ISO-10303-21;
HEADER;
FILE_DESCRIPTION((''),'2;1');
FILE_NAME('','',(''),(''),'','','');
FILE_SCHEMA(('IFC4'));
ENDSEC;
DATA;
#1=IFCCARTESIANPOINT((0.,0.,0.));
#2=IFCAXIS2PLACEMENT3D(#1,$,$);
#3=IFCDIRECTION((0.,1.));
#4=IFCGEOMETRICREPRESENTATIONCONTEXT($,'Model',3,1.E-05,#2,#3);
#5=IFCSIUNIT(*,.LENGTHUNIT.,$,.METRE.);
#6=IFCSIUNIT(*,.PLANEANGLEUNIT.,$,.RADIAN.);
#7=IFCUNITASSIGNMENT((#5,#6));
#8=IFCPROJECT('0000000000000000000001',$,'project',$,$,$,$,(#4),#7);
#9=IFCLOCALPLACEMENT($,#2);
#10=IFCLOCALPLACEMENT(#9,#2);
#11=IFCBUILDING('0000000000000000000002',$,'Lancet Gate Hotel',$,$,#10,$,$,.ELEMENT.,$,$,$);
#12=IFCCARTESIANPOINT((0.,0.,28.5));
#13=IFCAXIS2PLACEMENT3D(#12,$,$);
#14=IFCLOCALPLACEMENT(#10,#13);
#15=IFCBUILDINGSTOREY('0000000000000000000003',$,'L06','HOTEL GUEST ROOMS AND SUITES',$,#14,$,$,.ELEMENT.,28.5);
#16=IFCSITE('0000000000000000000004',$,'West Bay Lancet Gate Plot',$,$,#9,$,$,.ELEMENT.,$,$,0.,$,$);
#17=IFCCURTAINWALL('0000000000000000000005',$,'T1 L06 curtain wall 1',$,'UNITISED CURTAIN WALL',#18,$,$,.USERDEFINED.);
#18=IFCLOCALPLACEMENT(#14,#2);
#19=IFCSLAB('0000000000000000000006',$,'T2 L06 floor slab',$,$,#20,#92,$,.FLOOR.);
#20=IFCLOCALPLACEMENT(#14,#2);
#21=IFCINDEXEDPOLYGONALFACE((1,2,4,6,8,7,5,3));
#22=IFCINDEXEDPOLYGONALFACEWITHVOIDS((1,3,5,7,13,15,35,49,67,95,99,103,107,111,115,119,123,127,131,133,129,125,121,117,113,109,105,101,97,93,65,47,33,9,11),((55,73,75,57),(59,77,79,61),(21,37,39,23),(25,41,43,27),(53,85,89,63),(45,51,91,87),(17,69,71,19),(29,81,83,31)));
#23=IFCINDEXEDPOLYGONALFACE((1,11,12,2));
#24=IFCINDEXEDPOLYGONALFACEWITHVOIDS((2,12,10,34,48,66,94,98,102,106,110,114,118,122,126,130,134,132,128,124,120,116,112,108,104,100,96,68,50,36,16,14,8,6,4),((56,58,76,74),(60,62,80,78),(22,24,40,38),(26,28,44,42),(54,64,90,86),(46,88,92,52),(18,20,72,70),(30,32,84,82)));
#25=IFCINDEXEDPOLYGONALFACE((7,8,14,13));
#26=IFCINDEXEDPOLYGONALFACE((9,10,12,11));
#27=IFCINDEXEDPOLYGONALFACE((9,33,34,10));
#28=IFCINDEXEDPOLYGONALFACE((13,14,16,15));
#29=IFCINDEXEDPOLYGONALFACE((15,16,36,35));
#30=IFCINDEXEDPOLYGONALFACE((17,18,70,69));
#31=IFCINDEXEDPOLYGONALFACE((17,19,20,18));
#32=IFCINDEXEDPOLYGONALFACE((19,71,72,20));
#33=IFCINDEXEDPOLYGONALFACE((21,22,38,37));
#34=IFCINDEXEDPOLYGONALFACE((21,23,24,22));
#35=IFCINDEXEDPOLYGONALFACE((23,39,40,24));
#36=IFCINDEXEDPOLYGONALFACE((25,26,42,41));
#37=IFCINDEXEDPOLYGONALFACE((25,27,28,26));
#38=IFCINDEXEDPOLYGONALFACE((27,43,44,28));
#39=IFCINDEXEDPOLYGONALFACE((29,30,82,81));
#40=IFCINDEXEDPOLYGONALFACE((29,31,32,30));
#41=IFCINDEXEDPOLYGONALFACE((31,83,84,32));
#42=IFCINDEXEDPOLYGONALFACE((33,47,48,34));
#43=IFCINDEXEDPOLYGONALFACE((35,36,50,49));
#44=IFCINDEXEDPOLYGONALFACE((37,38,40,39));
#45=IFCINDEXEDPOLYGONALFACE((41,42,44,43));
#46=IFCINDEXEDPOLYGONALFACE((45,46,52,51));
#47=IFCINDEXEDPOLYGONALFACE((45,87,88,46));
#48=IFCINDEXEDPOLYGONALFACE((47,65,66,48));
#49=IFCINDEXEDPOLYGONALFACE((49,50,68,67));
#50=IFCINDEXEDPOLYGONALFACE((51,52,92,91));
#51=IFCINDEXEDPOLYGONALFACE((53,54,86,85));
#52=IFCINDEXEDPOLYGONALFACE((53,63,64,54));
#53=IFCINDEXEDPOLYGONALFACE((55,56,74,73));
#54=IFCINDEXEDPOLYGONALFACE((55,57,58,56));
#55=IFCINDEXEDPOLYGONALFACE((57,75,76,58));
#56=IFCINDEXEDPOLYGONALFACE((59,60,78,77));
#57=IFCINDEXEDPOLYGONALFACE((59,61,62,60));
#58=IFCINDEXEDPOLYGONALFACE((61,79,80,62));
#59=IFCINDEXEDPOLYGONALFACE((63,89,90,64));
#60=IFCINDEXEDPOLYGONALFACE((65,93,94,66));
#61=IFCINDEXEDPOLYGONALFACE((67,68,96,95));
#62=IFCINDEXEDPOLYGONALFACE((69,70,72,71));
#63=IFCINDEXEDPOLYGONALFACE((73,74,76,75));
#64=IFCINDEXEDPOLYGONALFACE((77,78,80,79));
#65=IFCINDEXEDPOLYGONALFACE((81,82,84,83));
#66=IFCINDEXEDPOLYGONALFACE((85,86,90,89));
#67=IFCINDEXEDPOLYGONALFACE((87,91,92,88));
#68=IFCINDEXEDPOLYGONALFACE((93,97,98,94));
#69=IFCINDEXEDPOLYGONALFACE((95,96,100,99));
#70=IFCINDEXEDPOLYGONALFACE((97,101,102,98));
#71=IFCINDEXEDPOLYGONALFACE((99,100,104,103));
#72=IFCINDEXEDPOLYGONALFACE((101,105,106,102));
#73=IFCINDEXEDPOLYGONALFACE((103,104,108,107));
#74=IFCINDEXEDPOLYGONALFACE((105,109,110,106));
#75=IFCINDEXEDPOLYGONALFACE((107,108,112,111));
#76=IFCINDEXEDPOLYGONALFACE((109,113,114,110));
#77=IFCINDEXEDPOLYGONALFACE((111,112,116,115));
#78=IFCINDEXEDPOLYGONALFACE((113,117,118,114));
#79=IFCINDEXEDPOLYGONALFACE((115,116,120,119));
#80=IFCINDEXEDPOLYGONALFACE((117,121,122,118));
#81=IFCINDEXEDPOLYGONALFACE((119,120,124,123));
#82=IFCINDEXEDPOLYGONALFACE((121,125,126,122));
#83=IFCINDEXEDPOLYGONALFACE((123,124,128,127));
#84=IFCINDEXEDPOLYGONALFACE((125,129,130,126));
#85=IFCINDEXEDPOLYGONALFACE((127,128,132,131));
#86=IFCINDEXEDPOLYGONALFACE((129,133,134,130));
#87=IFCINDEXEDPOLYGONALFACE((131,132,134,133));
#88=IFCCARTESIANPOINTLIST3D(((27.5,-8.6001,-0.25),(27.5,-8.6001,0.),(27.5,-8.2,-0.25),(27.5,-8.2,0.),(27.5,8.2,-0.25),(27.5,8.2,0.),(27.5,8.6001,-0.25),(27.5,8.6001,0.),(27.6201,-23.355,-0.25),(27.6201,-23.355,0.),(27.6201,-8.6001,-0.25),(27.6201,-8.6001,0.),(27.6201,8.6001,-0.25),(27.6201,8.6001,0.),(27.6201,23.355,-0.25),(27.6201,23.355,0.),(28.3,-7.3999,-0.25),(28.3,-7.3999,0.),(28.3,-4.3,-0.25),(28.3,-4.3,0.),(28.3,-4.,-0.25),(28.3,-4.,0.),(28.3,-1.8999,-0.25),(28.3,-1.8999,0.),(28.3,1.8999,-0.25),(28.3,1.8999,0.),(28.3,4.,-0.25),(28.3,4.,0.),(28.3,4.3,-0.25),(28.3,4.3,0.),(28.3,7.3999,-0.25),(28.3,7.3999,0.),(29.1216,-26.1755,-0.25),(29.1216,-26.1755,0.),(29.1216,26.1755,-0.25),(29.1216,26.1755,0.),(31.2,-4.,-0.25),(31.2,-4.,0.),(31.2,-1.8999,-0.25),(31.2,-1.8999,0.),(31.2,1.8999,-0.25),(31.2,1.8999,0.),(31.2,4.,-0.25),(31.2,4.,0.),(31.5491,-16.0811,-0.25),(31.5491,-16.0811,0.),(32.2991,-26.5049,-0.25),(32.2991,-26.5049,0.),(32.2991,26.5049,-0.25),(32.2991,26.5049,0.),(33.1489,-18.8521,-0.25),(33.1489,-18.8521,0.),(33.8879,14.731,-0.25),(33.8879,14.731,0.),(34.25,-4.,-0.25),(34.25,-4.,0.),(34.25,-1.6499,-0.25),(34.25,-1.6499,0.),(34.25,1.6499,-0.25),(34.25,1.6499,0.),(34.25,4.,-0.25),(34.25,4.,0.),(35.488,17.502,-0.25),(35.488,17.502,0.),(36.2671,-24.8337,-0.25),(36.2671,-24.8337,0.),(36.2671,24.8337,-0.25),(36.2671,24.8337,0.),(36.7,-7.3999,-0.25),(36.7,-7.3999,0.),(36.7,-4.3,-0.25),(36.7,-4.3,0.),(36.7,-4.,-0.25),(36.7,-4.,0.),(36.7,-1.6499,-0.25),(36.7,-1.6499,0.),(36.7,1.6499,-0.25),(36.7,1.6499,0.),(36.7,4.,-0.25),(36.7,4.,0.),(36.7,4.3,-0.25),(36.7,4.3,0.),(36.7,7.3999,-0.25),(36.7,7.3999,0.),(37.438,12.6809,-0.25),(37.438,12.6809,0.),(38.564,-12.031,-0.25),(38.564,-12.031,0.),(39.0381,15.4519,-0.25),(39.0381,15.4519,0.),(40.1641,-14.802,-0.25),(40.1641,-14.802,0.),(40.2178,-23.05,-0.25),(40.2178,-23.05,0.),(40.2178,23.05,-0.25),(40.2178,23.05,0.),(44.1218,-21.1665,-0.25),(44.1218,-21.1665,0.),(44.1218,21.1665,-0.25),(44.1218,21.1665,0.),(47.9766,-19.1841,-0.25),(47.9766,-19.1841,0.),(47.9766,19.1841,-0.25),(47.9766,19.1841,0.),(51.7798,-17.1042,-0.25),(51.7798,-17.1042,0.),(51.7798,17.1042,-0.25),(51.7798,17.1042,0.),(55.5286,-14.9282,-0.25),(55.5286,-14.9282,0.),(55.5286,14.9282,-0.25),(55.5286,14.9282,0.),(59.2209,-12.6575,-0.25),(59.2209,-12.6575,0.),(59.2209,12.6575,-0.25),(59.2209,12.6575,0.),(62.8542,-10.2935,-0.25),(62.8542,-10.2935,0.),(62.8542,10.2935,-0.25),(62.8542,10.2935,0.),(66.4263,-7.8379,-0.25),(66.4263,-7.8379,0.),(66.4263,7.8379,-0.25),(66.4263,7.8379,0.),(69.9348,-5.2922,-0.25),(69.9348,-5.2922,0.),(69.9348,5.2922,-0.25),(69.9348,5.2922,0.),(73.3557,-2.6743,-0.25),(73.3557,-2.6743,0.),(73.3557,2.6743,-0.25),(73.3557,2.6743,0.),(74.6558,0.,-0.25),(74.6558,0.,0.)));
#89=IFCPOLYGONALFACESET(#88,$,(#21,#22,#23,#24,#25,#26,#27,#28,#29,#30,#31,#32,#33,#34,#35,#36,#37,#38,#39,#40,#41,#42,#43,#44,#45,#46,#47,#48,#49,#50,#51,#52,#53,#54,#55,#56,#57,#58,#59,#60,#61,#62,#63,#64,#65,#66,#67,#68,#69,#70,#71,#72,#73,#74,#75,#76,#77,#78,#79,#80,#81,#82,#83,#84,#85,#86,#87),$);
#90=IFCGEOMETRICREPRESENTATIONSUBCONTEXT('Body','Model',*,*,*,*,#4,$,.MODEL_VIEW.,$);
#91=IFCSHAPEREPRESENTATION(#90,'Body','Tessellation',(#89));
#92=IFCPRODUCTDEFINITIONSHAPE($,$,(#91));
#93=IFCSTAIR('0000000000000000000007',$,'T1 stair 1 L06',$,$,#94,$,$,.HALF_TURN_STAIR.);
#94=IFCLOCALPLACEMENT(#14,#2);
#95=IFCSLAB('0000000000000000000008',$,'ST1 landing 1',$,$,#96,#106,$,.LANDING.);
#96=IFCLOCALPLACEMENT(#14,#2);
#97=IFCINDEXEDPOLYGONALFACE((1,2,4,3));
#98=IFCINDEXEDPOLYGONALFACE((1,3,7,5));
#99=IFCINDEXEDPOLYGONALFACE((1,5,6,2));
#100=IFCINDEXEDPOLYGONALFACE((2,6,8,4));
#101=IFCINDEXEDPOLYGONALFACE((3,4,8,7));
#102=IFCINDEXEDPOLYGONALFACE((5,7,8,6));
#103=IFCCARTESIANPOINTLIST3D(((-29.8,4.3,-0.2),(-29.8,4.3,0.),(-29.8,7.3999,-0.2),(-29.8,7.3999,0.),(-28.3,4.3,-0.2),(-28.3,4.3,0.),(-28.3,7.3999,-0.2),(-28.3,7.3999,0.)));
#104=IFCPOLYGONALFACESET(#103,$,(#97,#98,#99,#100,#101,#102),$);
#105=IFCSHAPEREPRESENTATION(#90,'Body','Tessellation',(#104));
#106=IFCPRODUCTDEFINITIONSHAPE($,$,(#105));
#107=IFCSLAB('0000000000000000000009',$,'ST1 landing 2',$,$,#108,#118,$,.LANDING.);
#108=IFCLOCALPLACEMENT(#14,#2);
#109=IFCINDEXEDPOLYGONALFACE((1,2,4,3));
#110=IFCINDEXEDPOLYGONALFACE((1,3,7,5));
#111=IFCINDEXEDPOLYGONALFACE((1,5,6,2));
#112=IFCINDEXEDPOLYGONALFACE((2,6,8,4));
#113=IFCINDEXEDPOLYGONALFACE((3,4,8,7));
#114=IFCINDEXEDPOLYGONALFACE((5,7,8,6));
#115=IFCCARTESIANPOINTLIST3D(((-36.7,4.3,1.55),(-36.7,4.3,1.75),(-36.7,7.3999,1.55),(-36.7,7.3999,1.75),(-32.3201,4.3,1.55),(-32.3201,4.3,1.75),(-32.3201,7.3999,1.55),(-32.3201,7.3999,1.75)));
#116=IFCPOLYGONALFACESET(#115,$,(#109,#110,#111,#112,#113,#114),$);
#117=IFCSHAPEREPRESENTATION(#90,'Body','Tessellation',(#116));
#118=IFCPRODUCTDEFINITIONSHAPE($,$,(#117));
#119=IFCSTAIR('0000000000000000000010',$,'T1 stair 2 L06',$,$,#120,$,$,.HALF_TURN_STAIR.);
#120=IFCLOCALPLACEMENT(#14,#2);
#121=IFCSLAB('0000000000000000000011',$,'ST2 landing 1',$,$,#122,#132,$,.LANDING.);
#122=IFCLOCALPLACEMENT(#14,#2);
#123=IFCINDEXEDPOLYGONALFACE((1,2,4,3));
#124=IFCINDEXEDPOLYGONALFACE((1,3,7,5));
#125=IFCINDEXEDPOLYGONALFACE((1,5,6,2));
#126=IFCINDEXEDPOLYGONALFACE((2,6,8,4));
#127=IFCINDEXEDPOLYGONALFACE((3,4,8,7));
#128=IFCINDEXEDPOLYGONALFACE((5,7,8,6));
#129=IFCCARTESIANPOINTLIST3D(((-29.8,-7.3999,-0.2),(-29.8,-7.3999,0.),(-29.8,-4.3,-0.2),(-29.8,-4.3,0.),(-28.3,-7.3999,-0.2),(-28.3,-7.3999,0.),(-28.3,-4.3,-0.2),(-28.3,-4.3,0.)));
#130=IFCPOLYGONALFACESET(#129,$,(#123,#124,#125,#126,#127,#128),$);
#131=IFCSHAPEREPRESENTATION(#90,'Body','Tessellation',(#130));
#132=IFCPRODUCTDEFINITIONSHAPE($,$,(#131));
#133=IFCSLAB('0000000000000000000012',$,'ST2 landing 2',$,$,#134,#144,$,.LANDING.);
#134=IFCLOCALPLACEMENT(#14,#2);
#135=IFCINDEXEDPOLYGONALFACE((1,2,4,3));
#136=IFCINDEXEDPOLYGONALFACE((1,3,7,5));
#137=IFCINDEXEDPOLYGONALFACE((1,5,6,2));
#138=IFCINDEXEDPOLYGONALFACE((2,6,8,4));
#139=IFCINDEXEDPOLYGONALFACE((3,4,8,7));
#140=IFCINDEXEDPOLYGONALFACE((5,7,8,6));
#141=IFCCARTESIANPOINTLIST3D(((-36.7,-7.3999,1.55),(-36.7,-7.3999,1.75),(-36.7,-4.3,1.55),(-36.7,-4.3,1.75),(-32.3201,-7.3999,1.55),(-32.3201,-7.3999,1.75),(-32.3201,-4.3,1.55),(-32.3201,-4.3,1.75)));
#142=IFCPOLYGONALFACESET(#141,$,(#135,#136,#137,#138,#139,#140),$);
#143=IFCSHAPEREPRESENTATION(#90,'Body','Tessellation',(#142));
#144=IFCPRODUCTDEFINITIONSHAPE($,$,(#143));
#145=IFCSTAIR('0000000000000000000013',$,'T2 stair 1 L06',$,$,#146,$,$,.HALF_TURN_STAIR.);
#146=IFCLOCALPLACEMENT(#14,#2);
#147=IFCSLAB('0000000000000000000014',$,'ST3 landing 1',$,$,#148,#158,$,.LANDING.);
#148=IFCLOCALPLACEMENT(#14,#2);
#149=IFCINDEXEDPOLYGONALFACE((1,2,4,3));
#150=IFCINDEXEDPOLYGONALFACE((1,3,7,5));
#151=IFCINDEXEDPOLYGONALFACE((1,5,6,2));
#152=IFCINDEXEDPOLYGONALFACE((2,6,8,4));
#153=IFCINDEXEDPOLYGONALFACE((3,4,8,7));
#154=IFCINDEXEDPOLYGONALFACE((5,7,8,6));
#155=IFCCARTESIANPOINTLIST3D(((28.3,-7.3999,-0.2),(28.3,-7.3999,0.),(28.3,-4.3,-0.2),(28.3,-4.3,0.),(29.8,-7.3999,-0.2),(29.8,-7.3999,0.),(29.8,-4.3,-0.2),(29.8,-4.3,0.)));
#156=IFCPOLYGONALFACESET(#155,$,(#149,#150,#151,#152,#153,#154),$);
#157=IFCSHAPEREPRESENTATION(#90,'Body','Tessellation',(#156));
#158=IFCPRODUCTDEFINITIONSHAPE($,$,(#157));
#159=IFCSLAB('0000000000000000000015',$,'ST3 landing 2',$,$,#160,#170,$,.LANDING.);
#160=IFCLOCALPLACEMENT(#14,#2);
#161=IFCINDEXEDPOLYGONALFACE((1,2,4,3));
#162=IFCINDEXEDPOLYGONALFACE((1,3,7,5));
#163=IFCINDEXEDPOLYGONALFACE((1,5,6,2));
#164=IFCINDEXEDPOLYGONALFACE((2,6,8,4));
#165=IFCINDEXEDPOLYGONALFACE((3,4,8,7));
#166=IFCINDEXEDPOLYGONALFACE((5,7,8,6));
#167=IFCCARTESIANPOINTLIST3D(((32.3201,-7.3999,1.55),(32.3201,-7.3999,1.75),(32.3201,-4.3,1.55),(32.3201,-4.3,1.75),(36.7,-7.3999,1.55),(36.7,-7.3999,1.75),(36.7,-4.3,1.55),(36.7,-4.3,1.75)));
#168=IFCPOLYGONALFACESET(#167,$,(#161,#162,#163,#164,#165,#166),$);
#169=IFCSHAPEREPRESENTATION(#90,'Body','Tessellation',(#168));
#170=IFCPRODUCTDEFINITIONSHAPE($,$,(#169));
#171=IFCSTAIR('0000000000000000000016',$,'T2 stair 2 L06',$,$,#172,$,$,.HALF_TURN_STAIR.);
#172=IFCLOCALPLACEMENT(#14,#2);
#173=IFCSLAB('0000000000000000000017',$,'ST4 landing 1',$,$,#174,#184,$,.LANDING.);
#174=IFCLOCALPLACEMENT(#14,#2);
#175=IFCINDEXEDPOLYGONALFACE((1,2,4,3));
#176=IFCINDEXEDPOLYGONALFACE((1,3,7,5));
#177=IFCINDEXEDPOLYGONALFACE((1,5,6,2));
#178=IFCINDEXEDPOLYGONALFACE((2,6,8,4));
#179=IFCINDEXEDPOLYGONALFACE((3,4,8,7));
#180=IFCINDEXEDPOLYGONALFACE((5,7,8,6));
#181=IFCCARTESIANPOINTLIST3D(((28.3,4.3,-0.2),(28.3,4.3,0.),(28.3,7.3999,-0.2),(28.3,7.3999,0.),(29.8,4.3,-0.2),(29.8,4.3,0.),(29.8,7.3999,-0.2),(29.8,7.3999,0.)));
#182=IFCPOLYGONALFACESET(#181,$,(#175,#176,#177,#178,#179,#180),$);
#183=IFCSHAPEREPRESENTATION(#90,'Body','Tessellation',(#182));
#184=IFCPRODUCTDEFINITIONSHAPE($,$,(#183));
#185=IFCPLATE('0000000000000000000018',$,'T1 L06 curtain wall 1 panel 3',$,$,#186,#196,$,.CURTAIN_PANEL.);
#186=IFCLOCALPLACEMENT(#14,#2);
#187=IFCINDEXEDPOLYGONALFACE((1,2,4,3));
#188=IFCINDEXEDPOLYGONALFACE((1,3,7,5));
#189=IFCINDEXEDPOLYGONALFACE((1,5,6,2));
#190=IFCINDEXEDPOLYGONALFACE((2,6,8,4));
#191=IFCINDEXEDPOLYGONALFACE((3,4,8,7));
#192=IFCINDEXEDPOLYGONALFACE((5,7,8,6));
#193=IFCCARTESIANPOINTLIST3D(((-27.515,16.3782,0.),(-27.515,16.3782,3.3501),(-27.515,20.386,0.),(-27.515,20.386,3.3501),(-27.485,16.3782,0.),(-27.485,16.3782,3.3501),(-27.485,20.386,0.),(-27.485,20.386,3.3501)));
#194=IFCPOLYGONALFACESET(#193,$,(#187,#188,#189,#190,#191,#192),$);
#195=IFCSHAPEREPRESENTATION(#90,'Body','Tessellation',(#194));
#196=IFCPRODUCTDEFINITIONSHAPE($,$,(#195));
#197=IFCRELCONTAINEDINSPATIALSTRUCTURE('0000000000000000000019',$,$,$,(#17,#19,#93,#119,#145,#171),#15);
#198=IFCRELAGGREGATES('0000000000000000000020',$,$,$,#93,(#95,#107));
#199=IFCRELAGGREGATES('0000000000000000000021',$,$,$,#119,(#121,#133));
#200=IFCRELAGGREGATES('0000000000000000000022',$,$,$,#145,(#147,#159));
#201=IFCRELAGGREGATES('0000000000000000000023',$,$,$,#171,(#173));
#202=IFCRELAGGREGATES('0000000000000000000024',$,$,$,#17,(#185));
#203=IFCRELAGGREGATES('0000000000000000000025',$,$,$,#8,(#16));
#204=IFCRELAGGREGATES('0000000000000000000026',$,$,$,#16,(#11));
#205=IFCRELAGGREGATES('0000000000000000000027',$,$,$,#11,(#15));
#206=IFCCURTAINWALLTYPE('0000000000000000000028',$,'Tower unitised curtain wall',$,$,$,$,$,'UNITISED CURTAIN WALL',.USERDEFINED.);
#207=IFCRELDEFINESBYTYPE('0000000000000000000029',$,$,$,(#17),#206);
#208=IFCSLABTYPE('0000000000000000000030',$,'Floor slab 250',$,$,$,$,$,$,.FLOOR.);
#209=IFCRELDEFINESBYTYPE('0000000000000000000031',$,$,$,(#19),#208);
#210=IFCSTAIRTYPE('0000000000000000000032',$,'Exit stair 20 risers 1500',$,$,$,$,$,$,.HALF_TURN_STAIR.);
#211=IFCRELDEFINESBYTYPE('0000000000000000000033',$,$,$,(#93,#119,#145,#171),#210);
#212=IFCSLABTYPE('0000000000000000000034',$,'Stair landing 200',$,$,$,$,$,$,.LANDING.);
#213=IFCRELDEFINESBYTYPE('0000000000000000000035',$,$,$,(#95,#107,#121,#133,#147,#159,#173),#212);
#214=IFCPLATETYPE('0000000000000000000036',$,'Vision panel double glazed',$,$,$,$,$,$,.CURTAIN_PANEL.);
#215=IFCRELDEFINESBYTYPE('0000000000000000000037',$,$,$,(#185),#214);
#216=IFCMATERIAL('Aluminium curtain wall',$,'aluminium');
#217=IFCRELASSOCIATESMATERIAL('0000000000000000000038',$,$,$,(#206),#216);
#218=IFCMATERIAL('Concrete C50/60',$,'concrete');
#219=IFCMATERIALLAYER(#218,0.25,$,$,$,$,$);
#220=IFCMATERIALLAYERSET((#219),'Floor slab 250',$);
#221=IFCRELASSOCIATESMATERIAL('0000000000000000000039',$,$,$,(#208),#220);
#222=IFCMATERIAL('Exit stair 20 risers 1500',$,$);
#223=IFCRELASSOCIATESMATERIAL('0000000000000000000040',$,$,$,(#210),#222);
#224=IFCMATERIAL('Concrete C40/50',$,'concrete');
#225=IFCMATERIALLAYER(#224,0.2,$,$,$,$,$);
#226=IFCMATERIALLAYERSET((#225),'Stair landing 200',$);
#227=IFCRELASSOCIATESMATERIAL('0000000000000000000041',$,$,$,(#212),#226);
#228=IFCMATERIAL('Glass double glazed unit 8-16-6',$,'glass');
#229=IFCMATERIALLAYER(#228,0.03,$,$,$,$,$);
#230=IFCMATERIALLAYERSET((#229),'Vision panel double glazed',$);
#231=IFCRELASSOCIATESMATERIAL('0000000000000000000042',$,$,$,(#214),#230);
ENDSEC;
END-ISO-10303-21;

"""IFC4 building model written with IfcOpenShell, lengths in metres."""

from ifc_helpers import new_model, si_unit, direction, frame, origin, origin_2d, place, context, subcontext, project, spatial, polyline, rectangle, outline, extrude, material, layer, layer_set, type_object, element, aggregate, save


model = new_model("IFC4")

# Units and contexts
model_context = context("Model", 3, precision=1e-05, world=origin(), true_north=direction((0.0, 1.0)))
body_context = subcontext(model_context, "Body", "Model", "MODEL_VIEW")
ifc_project = project(units=[si_unit("LENGTHUNIT", "METRE"), si_unit("PLANEANGLEUNIT", "RADIAN")], contexts=[model_context])

# Site, building, storey
site_placement = place(None, origin())
site = spatial("IfcSite", under=ifc_project, at=site_placement, Name="West Bay Lancet Gate Plot", CompositionType="ELEMENT", RefElevation=0.0)
building_placement = place(site_placement, origin())
building = spatial("IfcBuilding", under=site, at=building_placement, Name="Lancet Gate Hotel", CompositionType="ELEMENT")
storey_placement = place(building_placement, frame((0.0, 0.0, 28.5)))
storey = spatial("IfcBuildingStorey", under=building, at=storey_placement, Name="L06", Description="HOTEL GUEST ROOMS AND SUITES", CompositionType="ELEMENT", Elevation=28.5)

# Curtain wall
ifc_material_1 = material(Name="Aluminium curtain wall", Category="aluminium")
curtain_wall_type = type_object("IfcCurtainWallType", Name="Tower unitised curtain wall", ElementType="UNITISED CURTAIN WALL", PredefinedType="USERDEFINED", material=ifc_material_1)
curtain_wall_placement = place(storey_placement, origin())
curtain_wall = element("IfcCurtainWall", 1, at=curtain_wall_placement, inside=storey, type_object=curtain_wall_type, Name="T1 L06 curtain wall 1", ObjectType="UNITISED CURTAIN WALL", PredefinedType="USERDEFINED")

# Slab
ifc_material_2 = material(Name="Concrete C50/60", Category="concrete")
ifc_layer_1 = layer(ifc_material_2, 0.25)
ifc_layer_set_1 = layer_set([ifc_layer_1], Name="Floor slab 250")
slab_type_1 = type_object("IfcSlabType", Name="Floor slab 250", PredefinedType="FLOOR", material=ifc_layer_set_1)
slab_1_placement = place(storey_placement, frame((0.0, 0.0, -0.25)))
element("IfcSlab", 2, at=slab_1_placement, inside=storey, type_object=slab_type_1, Name="T2 L06 floor slab", PredefinedType="FLOOR", context=body_context, shape_type="SweptSolid", body=[
    extrude(outline(polyline([(27.5, -8.6001), (27.6201, -8.6001), (27.6201, -23.355), (29.1216, -26.1755), (32.2991, -26.5049), (36.2671, -24.8337), (40.2178, -23.05), (44.1218, -21.1665), (47.9766, -19.1841), (51.7798, -17.1042), (55.5286, -14.9282), (59.2209, -12.6575), (62.8542, -10.2935), (66.4263, -7.8379), (69.9348, -5.2922), (73.3557, -2.6743), (74.6558, 0.0), (73.3557, 2.6743), (69.9348, 5.2922), (66.4263, 7.8379), (62.8542, 10.2935), (59.2209, 12.6575), (55.5286, 14.9282), (51.7798, 17.1042), (47.9766, 19.1841), (44.1218, 21.1665), (40.2178, 23.05), (36.2671, 24.8337), (32.2991, 26.5049), (29.1216, 26.1755), (27.6201, 23.355), (27.6201, 8.6001), (27.5, 8.6001), (27.5, 8.2), (27.5, -8.2), (27.5, -8.6001)]), holes=[polyline([(36.7, -7.3999), (36.7, -4.3), (28.3, -4.3), (28.3, -7.3999), (36.7, -7.3999)]), polyline([(28.3, -4.0), (31.2, -4.0), (31.2, -1.8999), (28.3, -1.8999), (28.3, -4.0)]), polyline([(34.25, -4.0), (36.7, -4.0), (36.7, -1.6499), (34.25, -1.6499), (34.25, -4.0)]), polyline([(36.7, 1.6499), (36.7, 4.0), (34.25, 4.0), (34.25, 1.6499), (36.7, 1.6499)]), polyline([(28.3, 1.8999), (31.2, 1.8999), (31.2, 4.0), (28.3, 4.0), (28.3, 1.8999)]), polyline([(28.3, 4.3), (36.7, 4.3), (36.7, 7.3999), (28.3, 7.3999), (28.3, 4.3)]), polyline([(31.5491, -16.0811), (33.1489, -18.8521), (40.1641, -14.802), (38.564, -12.031), (31.5491, -16.0811)]), polyline([(33.8879, 14.731), (37.438, 12.6809), (39.0381, 15.4519), (35.488, 17.502), (33.8879, 14.731)])]), origin(), (0.0, 0.0, 1.0), 0.25),
])

# Stairs, slabs
ifc_material_3 = material(Name="Exit stair 20 risers 1500")
stair_type = type_object("IfcStairType", Name="Exit stair 20 risers 1500", PredefinedType="HALF_TURN_STAIR", material=ifc_material_3)
stair_1_placement = place(storey_placement, origin())
stair_1 = element("IfcStair", 3, at=stair_1_placement, inside=storey, type_object=stair_type, Name="T1 stair 1 L06", PredefinedType="HALF_TURN_STAIR")
ifc_material_4 = material(Name="Concrete C40/50", Category="concrete")
ifc_layer_2 = layer(ifc_material_4, 0.2)
ifc_layer_set_2 = layer_set([ifc_layer_2], Name="Stair landing 200")
slab_type_2 = type_object("IfcSlabType", Name="Stair landing 200", PredefinedType="LANDING", material=ifc_layer_set_2)
slab_2_placement = place(storey_placement, frame((0.0, 0.0, -0.2)))
slab_2 = element("IfcSlab", 4, at=slab_2_placement, type_object=slab_type_2, Name="ST1 landing 1", PredefinedType="LANDING", context=body_context, shape_type="SweptSolid", body=[
    extrude(outline(polyline([(-28.3, 7.3999), (-29.8, 7.3999), (-29.8, 4.3), (-28.3, 4.3), (-28.3, 7.3999)])), origin(), (0.0, 0.0, 1.0), 0.2),
])
slab_3_placement = place(storey_placement, frame((0.0, 0.0, 1.55)))
slab_3 = element("IfcSlab", 5, at=slab_3_placement, type_object=slab_type_2, Name="ST1 landing 2", PredefinedType="LANDING", context=body_context, shape_type="SweptSolid", body=[
    extrude(outline(polyline([(-32.3201, 7.3999), (-36.7, 7.3999), (-36.7, 4.3), (-32.3201, 4.3), (-32.3201, 7.3999)])), origin(), (0.0, 0.0, 1.0), 0.2),
])
aggregate(stair_1, [slab_2, slab_3])
stair_2_placement = place(storey_placement, origin())
stair_2 = element("IfcStair", 6, at=stair_2_placement, inside=storey, type_object=stair_type, Name="T1 stair 2 L06", PredefinedType="HALF_TURN_STAIR")
slab_4_placement = place(storey_placement, frame((0.0, 0.0, -0.2)))
slab_4 = element("IfcSlab", 7, at=slab_4_placement, type_object=slab_type_2, Name="ST2 landing 1", PredefinedType="LANDING", context=body_context, shape_type="SweptSolid", body=[
    extrude(outline(polyline([(-28.3, -4.3), (-29.8, -4.3), (-29.8, -7.3999), (-28.3, -7.3999), (-28.3, -4.3)])), origin(), (0.0, 0.0, 1.0), 0.2),
])
slab_5_placement = place(storey_placement, frame((0.0, 0.0, 1.55)))
slab_5 = element("IfcSlab", 8, at=slab_5_placement, type_object=slab_type_2, Name="ST2 landing 2", PredefinedType="LANDING", context=body_context, shape_type="SweptSolid", body=[
    extrude(outline(polyline([(-32.3201, -4.3), (-36.7, -4.3), (-36.7, -7.3999), (-32.3201, -7.3999), (-32.3201, -4.3)])), origin(), (0.0, 0.0, 1.0), 0.2),
])
aggregate(stair_2, [slab_4, slab_5])
stair_3_placement = place(storey_placement, origin())
stair_3 = element("IfcStair", 9, at=stair_3_placement, inside=storey, type_object=stair_type, Name="T2 stair 1 L06", PredefinedType="HALF_TURN_STAIR")
slab_6_placement = place(storey_placement, frame((0.0, 0.0, -0.2)))
slab_6 = element("IfcSlab", 10, at=slab_6_placement, type_object=slab_type_2, Name="ST3 landing 1", PredefinedType="LANDING", context=body_context, shape_type="SweptSolid", body=[
    extrude(outline(polyline([(28.3, -7.3999), (29.8, -7.3999), (29.8, -4.3), (28.3, -4.3), (28.3, -7.3999)])), origin(), (0.0, 0.0, 1.0), 0.2),
])
slab_7_placement = place(storey_placement, frame((0.0, 0.0, 1.55)))
slab_7 = element("IfcSlab", 11, at=slab_7_placement, type_object=slab_type_2, Name="ST3 landing 2", PredefinedType="LANDING", context=body_context, shape_type="SweptSolid", body=[
    extrude(outline(polyline([(32.3201, -7.3999), (36.7, -7.3999), (36.7, -4.3), (32.3201, -4.3), (32.3201, -7.3999)])), origin(), (0.0, 0.0, 1.0), 0.2),
])
aggregate(stair_3, [slab_6, slab_7])

# Stair, slab
stair_4_placement = place(storey_placement, origin())
stair_4 = element("IfcStair", 12, at=stair_4_placement, inside=storey, type_object=stair_type, Name="T2 stair 2 L06", PredefinedType="HALF_TURN_STAIR")
slab_8_placement = place(storey_placement, frame((0.0, 0.0, -0.2)))
slab_8 = element("IfcSlab", 13, at=slab_8_placement, type_object=slab_type_2, Name="ST4 landing 1", PredefinedType="LANDING", context=body_context, shape_type="SweptSolid", body=[
    extrude(outline(polyline([(28.3, 4.3), (29.8, 4.3), (29.8, 7.3999), (28.3, 7.3999), (28.3, 4.3)])), origin(), (0.0, 0.0, 1.0), 0.2),
])
aggregate(stair_4, [slab_8])

# Plate
ifc_material_5 = material(Name="Glass double glazed unit 8-16-6", Category="glass")
ifc_layer_3 = layer(ifc_material_5, 0.03)
ifc_layer_set_3 = layer_set([ifc_layer_3], Name="Vision panel double glazed")
plate_type = type_object("IfcPlateType", Name="Vision panel double glazed", PredefinedType="CURTAIN_PANEL", material=ifc_layer_set_3)
plate_1_placement = place(storey_placement, frame((-27.5, 18.3821, 0.0), z_axis=(0.0, 0.0, 1.0), x_axis=(0.0, 1.0, 0.0)))
plate_1 = element("IfcPlate", 14, at=plate_1_placement, type_object=plate_type, Name="T1 L06 curtain wall 1 panel 3", PredefinedType="CURTAIN_PANEL", context=body_context, shape_type="SweptSolid", body=[
    extrude(rectangle(XDim=4.0078, YDim=0.03, at=origin_2d()), origin(), (0.0, 0.0, 1.0), 3.3501),
])
aggregate(curtain_wall, [plate_1])

save(model, "model.ifc")
